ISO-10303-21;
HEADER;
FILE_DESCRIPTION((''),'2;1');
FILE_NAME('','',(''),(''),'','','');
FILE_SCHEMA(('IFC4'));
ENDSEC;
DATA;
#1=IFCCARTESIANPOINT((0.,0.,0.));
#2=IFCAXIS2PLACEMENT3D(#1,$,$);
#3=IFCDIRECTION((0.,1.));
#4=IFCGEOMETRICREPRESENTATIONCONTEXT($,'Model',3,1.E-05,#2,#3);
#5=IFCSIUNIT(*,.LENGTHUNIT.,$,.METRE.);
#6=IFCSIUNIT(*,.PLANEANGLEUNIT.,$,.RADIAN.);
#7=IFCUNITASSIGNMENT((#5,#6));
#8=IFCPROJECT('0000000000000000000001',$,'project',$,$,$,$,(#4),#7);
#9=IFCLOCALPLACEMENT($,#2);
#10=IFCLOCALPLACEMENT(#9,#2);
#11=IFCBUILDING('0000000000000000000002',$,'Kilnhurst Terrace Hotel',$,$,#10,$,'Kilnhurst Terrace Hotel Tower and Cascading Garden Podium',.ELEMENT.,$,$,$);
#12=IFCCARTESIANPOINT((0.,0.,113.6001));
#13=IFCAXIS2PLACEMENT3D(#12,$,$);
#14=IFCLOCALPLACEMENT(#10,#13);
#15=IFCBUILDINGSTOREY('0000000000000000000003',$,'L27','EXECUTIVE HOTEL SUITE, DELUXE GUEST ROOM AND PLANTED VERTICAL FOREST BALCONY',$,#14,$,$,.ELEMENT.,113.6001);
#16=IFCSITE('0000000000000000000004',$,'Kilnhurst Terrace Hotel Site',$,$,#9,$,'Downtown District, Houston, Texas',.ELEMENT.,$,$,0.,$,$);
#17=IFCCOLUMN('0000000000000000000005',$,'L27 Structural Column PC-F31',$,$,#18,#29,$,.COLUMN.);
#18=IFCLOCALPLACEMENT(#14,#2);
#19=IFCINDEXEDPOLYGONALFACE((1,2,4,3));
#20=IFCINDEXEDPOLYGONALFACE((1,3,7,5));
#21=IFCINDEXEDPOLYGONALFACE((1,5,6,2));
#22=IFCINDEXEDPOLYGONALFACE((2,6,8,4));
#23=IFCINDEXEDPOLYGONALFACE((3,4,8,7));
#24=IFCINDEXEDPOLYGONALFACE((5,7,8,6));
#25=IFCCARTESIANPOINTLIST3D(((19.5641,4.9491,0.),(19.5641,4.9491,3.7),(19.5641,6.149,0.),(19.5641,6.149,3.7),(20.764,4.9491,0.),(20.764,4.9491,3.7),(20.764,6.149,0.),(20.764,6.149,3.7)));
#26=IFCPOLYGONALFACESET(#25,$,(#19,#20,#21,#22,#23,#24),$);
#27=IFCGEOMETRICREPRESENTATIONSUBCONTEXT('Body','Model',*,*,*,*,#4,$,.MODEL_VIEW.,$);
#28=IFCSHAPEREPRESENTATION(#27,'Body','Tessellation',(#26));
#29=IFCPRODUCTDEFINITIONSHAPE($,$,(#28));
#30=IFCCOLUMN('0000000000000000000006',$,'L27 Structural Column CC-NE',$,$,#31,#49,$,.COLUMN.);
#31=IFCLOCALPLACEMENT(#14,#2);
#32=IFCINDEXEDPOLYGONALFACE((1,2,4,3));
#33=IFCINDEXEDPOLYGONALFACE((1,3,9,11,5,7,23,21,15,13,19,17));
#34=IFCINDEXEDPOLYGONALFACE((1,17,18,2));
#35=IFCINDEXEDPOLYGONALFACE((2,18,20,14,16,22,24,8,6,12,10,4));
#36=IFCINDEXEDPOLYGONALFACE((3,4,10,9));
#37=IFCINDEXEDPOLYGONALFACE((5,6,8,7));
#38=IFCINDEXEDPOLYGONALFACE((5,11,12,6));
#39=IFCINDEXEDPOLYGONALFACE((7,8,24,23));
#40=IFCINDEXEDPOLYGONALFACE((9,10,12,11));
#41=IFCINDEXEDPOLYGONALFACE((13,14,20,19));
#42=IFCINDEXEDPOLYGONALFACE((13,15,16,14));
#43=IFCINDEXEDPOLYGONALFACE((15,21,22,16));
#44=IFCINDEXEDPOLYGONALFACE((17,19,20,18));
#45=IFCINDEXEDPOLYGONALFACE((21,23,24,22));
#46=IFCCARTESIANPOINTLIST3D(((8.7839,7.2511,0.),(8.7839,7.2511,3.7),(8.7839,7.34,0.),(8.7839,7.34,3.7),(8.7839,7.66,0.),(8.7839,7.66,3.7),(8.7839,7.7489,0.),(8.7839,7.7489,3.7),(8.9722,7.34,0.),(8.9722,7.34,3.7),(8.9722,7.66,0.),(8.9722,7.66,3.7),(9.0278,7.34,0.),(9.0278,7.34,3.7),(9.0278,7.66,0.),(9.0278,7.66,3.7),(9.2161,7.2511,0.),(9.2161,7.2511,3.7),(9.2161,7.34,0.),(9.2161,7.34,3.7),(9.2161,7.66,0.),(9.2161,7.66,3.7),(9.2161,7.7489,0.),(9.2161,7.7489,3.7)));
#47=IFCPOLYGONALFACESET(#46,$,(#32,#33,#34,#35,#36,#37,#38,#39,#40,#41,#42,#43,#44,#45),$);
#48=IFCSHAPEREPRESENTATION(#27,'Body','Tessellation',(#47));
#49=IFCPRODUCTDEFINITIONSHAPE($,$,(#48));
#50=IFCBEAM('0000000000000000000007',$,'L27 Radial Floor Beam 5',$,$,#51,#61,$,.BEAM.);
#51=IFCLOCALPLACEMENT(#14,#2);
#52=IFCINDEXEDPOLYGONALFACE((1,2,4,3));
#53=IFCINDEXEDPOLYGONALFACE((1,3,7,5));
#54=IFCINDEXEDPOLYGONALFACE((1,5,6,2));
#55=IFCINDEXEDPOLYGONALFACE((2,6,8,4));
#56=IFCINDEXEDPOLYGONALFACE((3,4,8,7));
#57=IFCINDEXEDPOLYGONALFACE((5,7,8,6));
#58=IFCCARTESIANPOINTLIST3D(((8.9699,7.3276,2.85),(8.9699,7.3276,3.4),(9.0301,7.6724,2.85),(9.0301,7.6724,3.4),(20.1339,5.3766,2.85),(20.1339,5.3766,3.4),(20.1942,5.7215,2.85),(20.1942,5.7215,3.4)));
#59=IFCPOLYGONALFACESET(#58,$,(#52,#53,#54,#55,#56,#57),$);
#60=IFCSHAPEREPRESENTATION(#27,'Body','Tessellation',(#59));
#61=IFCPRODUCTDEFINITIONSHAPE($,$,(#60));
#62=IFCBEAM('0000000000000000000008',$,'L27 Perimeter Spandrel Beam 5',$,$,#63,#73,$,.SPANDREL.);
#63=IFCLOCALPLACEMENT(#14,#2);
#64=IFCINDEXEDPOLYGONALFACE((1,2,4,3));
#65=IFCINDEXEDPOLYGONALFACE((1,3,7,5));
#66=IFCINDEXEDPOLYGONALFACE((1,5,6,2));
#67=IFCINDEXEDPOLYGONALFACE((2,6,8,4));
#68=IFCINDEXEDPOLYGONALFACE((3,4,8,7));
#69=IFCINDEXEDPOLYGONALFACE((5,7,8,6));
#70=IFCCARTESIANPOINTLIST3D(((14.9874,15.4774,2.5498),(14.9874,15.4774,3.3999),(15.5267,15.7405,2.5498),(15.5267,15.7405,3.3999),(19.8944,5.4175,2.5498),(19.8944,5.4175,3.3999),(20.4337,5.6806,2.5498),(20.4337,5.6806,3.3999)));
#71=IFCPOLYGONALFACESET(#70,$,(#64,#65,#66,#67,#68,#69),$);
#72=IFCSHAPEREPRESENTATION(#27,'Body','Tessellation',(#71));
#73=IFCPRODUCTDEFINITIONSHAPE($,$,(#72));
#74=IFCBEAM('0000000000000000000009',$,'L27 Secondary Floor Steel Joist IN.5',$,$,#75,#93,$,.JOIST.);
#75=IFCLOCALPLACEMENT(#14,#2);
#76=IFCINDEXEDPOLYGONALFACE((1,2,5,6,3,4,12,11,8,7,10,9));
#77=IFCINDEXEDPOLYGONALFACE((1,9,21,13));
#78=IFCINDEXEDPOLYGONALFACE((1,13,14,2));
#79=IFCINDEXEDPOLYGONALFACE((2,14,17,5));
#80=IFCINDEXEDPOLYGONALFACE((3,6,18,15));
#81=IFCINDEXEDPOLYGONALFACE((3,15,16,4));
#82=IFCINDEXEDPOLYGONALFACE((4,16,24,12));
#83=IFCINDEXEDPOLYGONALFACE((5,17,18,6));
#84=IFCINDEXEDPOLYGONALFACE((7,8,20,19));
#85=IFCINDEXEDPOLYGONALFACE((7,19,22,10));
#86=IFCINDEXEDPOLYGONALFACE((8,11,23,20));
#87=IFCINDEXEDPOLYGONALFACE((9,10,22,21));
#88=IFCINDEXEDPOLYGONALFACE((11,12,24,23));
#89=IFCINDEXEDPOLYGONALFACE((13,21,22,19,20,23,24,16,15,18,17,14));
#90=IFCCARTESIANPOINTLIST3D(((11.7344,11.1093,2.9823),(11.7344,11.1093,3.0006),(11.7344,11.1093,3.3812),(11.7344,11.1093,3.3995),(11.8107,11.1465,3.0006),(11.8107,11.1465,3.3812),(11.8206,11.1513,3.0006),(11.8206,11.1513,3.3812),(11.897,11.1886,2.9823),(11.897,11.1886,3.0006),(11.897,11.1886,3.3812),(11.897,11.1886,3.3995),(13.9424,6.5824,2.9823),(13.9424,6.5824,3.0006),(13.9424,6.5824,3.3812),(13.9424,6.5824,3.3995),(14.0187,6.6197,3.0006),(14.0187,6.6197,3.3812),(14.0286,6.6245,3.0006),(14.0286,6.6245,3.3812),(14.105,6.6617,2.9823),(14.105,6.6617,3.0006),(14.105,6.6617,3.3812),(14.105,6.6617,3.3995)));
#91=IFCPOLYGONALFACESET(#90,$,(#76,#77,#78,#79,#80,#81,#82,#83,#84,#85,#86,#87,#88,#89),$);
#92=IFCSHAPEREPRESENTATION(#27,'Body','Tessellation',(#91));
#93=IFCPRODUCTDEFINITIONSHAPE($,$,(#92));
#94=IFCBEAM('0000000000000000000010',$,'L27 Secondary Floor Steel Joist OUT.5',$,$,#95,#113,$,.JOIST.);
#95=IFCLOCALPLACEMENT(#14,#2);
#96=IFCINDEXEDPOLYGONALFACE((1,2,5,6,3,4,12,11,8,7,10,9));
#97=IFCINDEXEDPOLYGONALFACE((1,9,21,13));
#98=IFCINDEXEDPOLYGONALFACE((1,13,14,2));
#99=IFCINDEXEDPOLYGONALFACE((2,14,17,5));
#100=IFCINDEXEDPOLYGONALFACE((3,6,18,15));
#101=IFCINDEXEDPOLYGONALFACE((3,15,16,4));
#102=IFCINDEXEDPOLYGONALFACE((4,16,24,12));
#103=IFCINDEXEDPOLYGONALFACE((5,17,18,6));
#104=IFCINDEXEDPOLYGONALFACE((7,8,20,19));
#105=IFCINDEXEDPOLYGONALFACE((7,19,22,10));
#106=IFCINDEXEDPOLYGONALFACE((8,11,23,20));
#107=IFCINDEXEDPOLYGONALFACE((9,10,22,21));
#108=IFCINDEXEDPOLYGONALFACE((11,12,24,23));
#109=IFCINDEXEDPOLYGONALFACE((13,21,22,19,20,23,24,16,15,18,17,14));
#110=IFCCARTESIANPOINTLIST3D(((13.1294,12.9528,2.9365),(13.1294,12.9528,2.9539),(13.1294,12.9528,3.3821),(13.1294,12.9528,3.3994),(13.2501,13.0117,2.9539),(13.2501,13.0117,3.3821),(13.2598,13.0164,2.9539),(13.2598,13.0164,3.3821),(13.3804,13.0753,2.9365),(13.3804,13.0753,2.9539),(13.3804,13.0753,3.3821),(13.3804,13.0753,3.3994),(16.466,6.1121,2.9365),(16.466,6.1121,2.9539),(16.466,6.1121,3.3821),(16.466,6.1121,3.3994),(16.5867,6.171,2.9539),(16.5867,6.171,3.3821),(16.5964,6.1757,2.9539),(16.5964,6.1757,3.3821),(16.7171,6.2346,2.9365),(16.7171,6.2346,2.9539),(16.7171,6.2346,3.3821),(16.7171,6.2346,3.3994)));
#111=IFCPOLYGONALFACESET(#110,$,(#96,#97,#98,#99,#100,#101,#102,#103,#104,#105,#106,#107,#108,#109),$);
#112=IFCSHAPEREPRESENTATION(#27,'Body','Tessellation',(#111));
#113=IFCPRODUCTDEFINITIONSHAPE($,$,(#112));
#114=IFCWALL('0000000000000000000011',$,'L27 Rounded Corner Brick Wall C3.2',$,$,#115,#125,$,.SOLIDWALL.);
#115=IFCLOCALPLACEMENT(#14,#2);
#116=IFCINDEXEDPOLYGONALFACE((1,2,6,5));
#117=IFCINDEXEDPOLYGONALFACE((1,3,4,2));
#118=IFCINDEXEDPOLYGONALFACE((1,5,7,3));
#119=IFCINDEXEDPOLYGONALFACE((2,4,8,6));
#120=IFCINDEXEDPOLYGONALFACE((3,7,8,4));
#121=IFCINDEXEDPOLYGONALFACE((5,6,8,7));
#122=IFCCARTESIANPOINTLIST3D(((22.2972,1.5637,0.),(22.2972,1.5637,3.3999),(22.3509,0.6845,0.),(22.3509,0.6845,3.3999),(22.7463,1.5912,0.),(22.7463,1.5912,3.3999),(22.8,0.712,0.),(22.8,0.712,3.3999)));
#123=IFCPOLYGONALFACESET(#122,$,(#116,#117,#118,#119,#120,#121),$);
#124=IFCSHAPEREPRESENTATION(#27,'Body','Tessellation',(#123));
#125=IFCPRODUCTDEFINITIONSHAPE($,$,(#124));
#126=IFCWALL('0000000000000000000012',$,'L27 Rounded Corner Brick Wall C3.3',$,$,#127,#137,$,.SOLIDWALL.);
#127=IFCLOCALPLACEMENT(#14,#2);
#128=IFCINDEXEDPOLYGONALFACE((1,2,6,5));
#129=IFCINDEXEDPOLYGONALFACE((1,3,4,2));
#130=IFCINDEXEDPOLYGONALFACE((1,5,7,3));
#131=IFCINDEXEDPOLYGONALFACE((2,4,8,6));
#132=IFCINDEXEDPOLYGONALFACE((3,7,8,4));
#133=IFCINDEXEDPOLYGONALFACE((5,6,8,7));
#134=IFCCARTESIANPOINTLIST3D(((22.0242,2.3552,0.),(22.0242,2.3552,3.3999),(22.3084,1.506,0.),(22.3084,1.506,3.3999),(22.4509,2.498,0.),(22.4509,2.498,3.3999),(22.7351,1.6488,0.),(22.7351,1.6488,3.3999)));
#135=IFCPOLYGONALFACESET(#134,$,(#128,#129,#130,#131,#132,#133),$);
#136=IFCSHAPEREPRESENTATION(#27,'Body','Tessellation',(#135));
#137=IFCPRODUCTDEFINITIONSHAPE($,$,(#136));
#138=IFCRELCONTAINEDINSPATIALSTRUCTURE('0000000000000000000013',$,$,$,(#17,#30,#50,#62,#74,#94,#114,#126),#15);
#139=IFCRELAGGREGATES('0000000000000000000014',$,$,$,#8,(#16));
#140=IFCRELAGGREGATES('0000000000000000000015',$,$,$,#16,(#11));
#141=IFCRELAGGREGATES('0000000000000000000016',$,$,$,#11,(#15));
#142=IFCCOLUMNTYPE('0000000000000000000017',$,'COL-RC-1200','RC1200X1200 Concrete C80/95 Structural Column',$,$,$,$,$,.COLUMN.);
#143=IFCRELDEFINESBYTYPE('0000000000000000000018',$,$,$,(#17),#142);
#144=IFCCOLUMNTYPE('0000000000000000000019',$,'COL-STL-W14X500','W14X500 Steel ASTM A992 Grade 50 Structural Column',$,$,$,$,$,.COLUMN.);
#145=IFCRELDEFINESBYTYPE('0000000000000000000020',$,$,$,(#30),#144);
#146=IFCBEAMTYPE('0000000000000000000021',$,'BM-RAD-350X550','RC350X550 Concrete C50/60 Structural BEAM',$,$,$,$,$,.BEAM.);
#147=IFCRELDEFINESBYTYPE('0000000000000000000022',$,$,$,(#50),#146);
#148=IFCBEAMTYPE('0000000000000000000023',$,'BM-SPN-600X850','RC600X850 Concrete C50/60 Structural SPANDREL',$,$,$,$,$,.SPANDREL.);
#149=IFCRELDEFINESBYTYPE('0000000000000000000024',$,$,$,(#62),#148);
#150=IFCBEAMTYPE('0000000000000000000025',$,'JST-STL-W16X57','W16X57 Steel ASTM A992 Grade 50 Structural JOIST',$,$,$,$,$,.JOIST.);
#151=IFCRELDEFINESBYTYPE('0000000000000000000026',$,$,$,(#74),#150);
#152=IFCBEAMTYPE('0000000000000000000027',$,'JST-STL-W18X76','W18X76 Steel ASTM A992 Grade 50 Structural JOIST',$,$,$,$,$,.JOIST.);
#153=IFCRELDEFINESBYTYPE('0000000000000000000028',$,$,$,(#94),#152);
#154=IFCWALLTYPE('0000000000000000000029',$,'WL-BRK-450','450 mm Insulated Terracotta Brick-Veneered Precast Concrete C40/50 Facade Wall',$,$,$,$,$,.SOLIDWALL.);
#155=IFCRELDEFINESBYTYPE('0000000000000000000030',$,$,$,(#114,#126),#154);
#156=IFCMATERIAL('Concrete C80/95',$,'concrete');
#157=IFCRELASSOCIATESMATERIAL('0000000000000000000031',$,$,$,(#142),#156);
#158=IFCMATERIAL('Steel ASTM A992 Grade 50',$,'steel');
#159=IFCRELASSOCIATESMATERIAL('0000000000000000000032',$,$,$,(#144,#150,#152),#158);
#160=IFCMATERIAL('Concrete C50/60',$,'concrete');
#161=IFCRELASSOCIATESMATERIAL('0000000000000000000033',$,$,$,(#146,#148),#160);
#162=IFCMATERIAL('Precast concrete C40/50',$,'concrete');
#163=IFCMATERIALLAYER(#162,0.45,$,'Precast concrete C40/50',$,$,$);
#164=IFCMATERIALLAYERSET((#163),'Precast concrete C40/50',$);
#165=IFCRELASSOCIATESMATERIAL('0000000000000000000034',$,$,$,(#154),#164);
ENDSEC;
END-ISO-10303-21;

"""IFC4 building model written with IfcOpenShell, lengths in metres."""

from ifc_helpers import new_model, si_unit, direction, frame, frame_2d, origin, origin_2d, place, context, subcontext, project, spatial, rectangle, i_section, extrude, material, layer, layer_set, material_profile, profile_set, type_object, element, save


model = new_model("IFC4")

# Units and contexts
model_context = context("Model", 3, precision=1e-05, world=origin(), true_north=direction((0.0, 1.0)))
body_context = subcontext(model_context, "Body", "Model", "MODEL_VIEW")
ifc_project = project(units=[si_unit("LENGTHUNIT", "METRE"), si_unit("PLANEANGLEUNIT", "RADIAN")], contexts=[model_context])

# Site, building, storey
site_placement = place(None, origin())
site = spatial("IfcSite", under=ifc_project, at=site_placement, Name="Kilnhurst Terrace Hotel Site", LongName="Downtown District, Houston, Texas", CompositionType="ELEMENT", RefElevation=0.0)
building_placement = place(site_placement, origin())
building = spatial("IfcBuilding", under=site, at=building_placement, Name="Kilnhurst Terrace Hotel", LongName="Kilnhurst Terrace Hotel Tower and Cascading Garden Podium", CompositionType="ELEMENT")
storey_placement = place(building_placement, frame((0.0, 0.0, 113.6001)))
storey = spatial("IfcBuildingStorey", under=building, at=storey_placement, Name="L27", Description="EXECUTIVE HOTEL SUITE, DELUXE GUEST ROOM AND PLANTED VERTICAL FOREST BALCONY", CompositionType="ELEMENT", Elevation=113.6001)

# Columns
ifc_material_1 = material(Name="Concrete C80/95", Category="concrete")
ifc_material_profile_1 = material_profile(ifc_material_1, rectangle(XDim=1.2, YDim=1.2, at=origin_2d()), Name="RC1200X1200")
ifc_profile_set_1 = profile_set([ifc_material_profile_1], Name="Concrete C80/95")
column_type_1 = type_object("IfcColumnType", Name="COL-RC-1200", Description="RC1200X1200 Concrete C80/95 Structural Column", PredefinedType="COLUMN", material=ifc_profile_set_1)
column_1_placement = place(storey_placement, frame((20.1641, 5.5491, 0.0), z_axis=(0.0, 0.0, 1.0), x_axis=(1.0, 0.0, 0.0)))
element("IfcColumn", 1, at=column_1_placement, inside=storey, type_object=column_type_1, Name="L27 Structural Column PC-F31", PredefinedType="COLUMN", context=body_context, shape_type="SweptSolid", body=[
    extrude(rectangle(XDim=1.2, YDim=1.2, at=origin_2d()), origin(), (0.0, 0.0, 1.0), 3.7),
])
ifc_material_2 = material(Name="Steel ASTM A992 Grade 50", Category="steel")
ifc_material_profile_2 = material_profile(ifc_material_2, i_section(OverallWidth=0.4321, OverallDepth=0.4978, WebThickness=0.0557, FlangeThickness=0.0889, at=origin_2d()), Name="W14X500")
ifc_profile_set_2 = profile_set([ifc_material_profile_2], Name="Steel ASTM A992 Grade 50")
column_type_2 = type_object("IfcColumnType", Name="COL-STL-W14X500", Description="W14X500 Steel ASTM A992 Grade 50 Structural Column", PredefinedType="COLUMN", material=ifc_profile_set_2)
column_2_placement = place(storey_placement, frame((9.0, 7.5, 0.0), z_axis=(0.0, 0.0, 1.0), x_axis=(1.0, 0.0, 0.0)))
element("IfcColumn", 2, at=column_2_placement, inside=storey, type_object=column_type_2, Name="L27 Structural Column CC-NE", PredefinedType="COLUMN", context=body_context, shape_type="SweptSolid", body=[
    extrude(i_section(OverallWidth=0.4321, OverallDepth=0.4978, WebThickness=0.0557, FlangeThickness=0.0889, at=origin_2d()), origin(), (0.0, 0.0, 1.0), 3.7),
])

# Beams
ifc_material_3 = material(Name="Concrete C50/60", Category="concrete")
ifc_material_profile_3 = material_profile(ifc_material_3, rectangle(XDim=0.3501, YDim=0.55, at=origin_2d()), Name="RC350X550")
ifc_profile_set_3 = profile_set([ifc_material_profile_3], Name="Concrete C50/60")
beam_type_1 = type_object("IfcBeamType", Name="BM-RAD-350X550", Description="RC350X550 Concrete C50/60 Structural BEAM", PredefinedType="BEAM", material=ifc_profile_set_3)
beam_1_placement = place(storey_placement, frame((9.0, 7.5, 3.125), z_axis=(0.985072, -0.172142, 0.0), x_axis=(0.172142, 0.985072, 0.0)))
element("IfcBeam", 3, at=beam_1_placement, inside=storey, type_object=beam_type_1, Name="L27 Radial Floor Beam 5", PredefinedType="BEAM", context=body_context, shape_type="SweptSolid", body=[
    extrude(rectangle(XDim=0.3501, YDim=0.55, at=origin_2d()), origin(), (0.0, 0.0, 1.0), 11.3333),
])
ifc_material_profile_4 = material_profile(ifc_material_3, rectangle(XDim=0.6001, YDim=0.8501, at=origin_2d()), Name="RC600X850")
ifc_profile_set_4 = profile_set([ifc_material_profile_4], Name="Concrete C50/60")
beam_type_2 = type_object("IfcBeamType", Name="BM-SPN-600X850", Description="RC600X850 Concrete C50/60 Structural SPANDREL", PredefinedType="SPANDREL", material=ifc_profile_set_4)
beam_2_placement = place(storey_placement, frame((20.1641, 5.5491, 2.9749), z_axis=(-0.438406, 0.898777, 0.0), x_axis=(-0.898777, -0.438406, 0.0)))
element("IfcBeam", 4, at=beam_2_placement, inside=storey, type_object=beam_type_2, Name="L27 Perimeter Spandrel Beam 5", PredefinedType="SPANDREL", context=body_context, shape_type="SweptSolid", body=[
    extrude(rectangle(XDim=0.6001, YDim=0.8501, at=origin_2d()), origin(), (0.0, 0.0, 1.0), 11.1929),
])
ifc_material_profile_5 = material_profile(ifc_material_2, i_section(OverallWidth=0.1809, OverallDepth=0.4172, WebThickness=0.011, FlangeThickness=0.0183, at=origin_2d()), Name="W16X57")
ifc_profile_set_5 = profile_set([ifc_material_profile_5], Name="Steel ASTM A992 Grade 50")
beam_type_3 = type_object("IfcBeamType", Name="JST-STL-W16X57", Description="W16X57 Steel ASTM A992 Grade 50 Structural JOIST", PredefinedType="JOIST", material=ifc_profile_set_5)
beam_3_placement = place(storey_placement, frame((14.0237, 6.6221, 3.1909), z_axis=(-0.438389, 0.898785, 0.0), x_axis=(-0.898785, -0.438389, 0.0)))
element("IfcBeam", 5, at=beam_3_placement, inside=storey, type_object=beam_type_3, Name="L27 Secondary Floor Steel Joist IN.5", PredefinedType="JOIST", context=body_context, shape_type="SweptSolid", body=[
    extrude(i_section(OverallWidth=0.1809, OverallDepth=0.4172, WebThickness=0.011, FlangeThickness=0.0183, at=origin_2d()), origin(), (0.0, 0.0, 1.0), 5.0366),
])
ifc_material_profile_6 = material_profile(ifc_material_2, i_section(OverallWidth=0.2793, OverallDepth=0.4629, WebThickness=0.0107, FlangeThickness=0.0173, at=origin_2d()), Name="W18X76")
ifc_profile_set_6 = profile_set([ifc_material_profile_6], Name="Steel ASTM A992 Grade 50")
beam_type_4 = type_object("IfcBeamType", Name="JST-STL-W18X76", Description="W18X76 Steel ASTM A992 Grade 50 Structural JOIST", PredefinedType="JOIST", material=ifc_profile_set_6)
beam_4_placement = place(storey_placement, frame((16.5916, 6.1733, 3.168), z_axis=(-0.43839, 0.898785, 0.0), x_axis=(-0.898785, -0.43839, 0.0)))
element("IfcBeam", 6, at=beam_4_placement, inside=storey, type_object=beam_type_4, Name="L27 Secondary Floor Steel Joist OUT.5", PredefinedType="JOIST", context=body_context, shape_type="SweptSolid", body=[
    extrude(i_section(OverallWidth=0.2793, OverallDepth=0.4629, WebThickness=0.0107, FlangeThickness=0.0173, at=origin_2d()), origin(), (0.0, 0.0, 1.0), 7.6111),
])

# Walls
ifc_material_4 = material(Name="Precast concrete C40/50", Category="concrete")
ifc_layer_1 = layer(ifc_material_4, 0.45, Name="Precast concrete C40/50")
ifc_layer_set_1 = layer_set([ifc_layer_1], Name="Precast concrete C40/50")
wall_type_1 = type_object("IfcWallType", Name="WL-BRK-450", Description="450 mm Insulated Terracotta Brick-Veneered Precast Concrete C40/50 Facade Wall", PredefinedType="SOLIDWALL", material=ifc_layer_set_1)
wall_1_placement = place(storey_placement, frame((22.5754, 0.6982, 0.0), z_axis=(0.0, 0.0, 1.0), x_axis=(-0.06098, 0.998139, 0.0)))
element("IfcWall", 7, at=wall_1_placement, inside=storey, type_object=wall_type_1, Name="L27 Rounded Corner Brick Wall C3.2", PredefinedType="SOLIDWALL", context=body_context, shape_type="SweptSolid", body=[
    extrude(rectangle(XDim=0.8809, YDim=0.45, at=frame_2d((0.4404, 0.0))), origin(), (0.0, 0.0, 1.0), 3.3999),
])
wall_2_placement = place(storey_placement, frame((22.5217, 1.5774, 0.0), z_axis=(0.0, 0.0, 1.0), x_axis=(-0.317373, 0.948301, 0.0)))
element("IfcWall", 8, at=wall_2_placement, inside=storey, type_object=wall_type_1, Name="L27 Rounded Corner Brick Wall C3.3", PredefinedType="SOLIDWALL", context=body_context, shape_type="SweptSolid", body=[
    extrude(rectangle(XDim=0.8955, YDim=0.45, at=frame_2d((0.4478, 0.0))), origin(), (0.0, 0.0, 1.0), 3.3999),
])

save(model, "model.ifc")
